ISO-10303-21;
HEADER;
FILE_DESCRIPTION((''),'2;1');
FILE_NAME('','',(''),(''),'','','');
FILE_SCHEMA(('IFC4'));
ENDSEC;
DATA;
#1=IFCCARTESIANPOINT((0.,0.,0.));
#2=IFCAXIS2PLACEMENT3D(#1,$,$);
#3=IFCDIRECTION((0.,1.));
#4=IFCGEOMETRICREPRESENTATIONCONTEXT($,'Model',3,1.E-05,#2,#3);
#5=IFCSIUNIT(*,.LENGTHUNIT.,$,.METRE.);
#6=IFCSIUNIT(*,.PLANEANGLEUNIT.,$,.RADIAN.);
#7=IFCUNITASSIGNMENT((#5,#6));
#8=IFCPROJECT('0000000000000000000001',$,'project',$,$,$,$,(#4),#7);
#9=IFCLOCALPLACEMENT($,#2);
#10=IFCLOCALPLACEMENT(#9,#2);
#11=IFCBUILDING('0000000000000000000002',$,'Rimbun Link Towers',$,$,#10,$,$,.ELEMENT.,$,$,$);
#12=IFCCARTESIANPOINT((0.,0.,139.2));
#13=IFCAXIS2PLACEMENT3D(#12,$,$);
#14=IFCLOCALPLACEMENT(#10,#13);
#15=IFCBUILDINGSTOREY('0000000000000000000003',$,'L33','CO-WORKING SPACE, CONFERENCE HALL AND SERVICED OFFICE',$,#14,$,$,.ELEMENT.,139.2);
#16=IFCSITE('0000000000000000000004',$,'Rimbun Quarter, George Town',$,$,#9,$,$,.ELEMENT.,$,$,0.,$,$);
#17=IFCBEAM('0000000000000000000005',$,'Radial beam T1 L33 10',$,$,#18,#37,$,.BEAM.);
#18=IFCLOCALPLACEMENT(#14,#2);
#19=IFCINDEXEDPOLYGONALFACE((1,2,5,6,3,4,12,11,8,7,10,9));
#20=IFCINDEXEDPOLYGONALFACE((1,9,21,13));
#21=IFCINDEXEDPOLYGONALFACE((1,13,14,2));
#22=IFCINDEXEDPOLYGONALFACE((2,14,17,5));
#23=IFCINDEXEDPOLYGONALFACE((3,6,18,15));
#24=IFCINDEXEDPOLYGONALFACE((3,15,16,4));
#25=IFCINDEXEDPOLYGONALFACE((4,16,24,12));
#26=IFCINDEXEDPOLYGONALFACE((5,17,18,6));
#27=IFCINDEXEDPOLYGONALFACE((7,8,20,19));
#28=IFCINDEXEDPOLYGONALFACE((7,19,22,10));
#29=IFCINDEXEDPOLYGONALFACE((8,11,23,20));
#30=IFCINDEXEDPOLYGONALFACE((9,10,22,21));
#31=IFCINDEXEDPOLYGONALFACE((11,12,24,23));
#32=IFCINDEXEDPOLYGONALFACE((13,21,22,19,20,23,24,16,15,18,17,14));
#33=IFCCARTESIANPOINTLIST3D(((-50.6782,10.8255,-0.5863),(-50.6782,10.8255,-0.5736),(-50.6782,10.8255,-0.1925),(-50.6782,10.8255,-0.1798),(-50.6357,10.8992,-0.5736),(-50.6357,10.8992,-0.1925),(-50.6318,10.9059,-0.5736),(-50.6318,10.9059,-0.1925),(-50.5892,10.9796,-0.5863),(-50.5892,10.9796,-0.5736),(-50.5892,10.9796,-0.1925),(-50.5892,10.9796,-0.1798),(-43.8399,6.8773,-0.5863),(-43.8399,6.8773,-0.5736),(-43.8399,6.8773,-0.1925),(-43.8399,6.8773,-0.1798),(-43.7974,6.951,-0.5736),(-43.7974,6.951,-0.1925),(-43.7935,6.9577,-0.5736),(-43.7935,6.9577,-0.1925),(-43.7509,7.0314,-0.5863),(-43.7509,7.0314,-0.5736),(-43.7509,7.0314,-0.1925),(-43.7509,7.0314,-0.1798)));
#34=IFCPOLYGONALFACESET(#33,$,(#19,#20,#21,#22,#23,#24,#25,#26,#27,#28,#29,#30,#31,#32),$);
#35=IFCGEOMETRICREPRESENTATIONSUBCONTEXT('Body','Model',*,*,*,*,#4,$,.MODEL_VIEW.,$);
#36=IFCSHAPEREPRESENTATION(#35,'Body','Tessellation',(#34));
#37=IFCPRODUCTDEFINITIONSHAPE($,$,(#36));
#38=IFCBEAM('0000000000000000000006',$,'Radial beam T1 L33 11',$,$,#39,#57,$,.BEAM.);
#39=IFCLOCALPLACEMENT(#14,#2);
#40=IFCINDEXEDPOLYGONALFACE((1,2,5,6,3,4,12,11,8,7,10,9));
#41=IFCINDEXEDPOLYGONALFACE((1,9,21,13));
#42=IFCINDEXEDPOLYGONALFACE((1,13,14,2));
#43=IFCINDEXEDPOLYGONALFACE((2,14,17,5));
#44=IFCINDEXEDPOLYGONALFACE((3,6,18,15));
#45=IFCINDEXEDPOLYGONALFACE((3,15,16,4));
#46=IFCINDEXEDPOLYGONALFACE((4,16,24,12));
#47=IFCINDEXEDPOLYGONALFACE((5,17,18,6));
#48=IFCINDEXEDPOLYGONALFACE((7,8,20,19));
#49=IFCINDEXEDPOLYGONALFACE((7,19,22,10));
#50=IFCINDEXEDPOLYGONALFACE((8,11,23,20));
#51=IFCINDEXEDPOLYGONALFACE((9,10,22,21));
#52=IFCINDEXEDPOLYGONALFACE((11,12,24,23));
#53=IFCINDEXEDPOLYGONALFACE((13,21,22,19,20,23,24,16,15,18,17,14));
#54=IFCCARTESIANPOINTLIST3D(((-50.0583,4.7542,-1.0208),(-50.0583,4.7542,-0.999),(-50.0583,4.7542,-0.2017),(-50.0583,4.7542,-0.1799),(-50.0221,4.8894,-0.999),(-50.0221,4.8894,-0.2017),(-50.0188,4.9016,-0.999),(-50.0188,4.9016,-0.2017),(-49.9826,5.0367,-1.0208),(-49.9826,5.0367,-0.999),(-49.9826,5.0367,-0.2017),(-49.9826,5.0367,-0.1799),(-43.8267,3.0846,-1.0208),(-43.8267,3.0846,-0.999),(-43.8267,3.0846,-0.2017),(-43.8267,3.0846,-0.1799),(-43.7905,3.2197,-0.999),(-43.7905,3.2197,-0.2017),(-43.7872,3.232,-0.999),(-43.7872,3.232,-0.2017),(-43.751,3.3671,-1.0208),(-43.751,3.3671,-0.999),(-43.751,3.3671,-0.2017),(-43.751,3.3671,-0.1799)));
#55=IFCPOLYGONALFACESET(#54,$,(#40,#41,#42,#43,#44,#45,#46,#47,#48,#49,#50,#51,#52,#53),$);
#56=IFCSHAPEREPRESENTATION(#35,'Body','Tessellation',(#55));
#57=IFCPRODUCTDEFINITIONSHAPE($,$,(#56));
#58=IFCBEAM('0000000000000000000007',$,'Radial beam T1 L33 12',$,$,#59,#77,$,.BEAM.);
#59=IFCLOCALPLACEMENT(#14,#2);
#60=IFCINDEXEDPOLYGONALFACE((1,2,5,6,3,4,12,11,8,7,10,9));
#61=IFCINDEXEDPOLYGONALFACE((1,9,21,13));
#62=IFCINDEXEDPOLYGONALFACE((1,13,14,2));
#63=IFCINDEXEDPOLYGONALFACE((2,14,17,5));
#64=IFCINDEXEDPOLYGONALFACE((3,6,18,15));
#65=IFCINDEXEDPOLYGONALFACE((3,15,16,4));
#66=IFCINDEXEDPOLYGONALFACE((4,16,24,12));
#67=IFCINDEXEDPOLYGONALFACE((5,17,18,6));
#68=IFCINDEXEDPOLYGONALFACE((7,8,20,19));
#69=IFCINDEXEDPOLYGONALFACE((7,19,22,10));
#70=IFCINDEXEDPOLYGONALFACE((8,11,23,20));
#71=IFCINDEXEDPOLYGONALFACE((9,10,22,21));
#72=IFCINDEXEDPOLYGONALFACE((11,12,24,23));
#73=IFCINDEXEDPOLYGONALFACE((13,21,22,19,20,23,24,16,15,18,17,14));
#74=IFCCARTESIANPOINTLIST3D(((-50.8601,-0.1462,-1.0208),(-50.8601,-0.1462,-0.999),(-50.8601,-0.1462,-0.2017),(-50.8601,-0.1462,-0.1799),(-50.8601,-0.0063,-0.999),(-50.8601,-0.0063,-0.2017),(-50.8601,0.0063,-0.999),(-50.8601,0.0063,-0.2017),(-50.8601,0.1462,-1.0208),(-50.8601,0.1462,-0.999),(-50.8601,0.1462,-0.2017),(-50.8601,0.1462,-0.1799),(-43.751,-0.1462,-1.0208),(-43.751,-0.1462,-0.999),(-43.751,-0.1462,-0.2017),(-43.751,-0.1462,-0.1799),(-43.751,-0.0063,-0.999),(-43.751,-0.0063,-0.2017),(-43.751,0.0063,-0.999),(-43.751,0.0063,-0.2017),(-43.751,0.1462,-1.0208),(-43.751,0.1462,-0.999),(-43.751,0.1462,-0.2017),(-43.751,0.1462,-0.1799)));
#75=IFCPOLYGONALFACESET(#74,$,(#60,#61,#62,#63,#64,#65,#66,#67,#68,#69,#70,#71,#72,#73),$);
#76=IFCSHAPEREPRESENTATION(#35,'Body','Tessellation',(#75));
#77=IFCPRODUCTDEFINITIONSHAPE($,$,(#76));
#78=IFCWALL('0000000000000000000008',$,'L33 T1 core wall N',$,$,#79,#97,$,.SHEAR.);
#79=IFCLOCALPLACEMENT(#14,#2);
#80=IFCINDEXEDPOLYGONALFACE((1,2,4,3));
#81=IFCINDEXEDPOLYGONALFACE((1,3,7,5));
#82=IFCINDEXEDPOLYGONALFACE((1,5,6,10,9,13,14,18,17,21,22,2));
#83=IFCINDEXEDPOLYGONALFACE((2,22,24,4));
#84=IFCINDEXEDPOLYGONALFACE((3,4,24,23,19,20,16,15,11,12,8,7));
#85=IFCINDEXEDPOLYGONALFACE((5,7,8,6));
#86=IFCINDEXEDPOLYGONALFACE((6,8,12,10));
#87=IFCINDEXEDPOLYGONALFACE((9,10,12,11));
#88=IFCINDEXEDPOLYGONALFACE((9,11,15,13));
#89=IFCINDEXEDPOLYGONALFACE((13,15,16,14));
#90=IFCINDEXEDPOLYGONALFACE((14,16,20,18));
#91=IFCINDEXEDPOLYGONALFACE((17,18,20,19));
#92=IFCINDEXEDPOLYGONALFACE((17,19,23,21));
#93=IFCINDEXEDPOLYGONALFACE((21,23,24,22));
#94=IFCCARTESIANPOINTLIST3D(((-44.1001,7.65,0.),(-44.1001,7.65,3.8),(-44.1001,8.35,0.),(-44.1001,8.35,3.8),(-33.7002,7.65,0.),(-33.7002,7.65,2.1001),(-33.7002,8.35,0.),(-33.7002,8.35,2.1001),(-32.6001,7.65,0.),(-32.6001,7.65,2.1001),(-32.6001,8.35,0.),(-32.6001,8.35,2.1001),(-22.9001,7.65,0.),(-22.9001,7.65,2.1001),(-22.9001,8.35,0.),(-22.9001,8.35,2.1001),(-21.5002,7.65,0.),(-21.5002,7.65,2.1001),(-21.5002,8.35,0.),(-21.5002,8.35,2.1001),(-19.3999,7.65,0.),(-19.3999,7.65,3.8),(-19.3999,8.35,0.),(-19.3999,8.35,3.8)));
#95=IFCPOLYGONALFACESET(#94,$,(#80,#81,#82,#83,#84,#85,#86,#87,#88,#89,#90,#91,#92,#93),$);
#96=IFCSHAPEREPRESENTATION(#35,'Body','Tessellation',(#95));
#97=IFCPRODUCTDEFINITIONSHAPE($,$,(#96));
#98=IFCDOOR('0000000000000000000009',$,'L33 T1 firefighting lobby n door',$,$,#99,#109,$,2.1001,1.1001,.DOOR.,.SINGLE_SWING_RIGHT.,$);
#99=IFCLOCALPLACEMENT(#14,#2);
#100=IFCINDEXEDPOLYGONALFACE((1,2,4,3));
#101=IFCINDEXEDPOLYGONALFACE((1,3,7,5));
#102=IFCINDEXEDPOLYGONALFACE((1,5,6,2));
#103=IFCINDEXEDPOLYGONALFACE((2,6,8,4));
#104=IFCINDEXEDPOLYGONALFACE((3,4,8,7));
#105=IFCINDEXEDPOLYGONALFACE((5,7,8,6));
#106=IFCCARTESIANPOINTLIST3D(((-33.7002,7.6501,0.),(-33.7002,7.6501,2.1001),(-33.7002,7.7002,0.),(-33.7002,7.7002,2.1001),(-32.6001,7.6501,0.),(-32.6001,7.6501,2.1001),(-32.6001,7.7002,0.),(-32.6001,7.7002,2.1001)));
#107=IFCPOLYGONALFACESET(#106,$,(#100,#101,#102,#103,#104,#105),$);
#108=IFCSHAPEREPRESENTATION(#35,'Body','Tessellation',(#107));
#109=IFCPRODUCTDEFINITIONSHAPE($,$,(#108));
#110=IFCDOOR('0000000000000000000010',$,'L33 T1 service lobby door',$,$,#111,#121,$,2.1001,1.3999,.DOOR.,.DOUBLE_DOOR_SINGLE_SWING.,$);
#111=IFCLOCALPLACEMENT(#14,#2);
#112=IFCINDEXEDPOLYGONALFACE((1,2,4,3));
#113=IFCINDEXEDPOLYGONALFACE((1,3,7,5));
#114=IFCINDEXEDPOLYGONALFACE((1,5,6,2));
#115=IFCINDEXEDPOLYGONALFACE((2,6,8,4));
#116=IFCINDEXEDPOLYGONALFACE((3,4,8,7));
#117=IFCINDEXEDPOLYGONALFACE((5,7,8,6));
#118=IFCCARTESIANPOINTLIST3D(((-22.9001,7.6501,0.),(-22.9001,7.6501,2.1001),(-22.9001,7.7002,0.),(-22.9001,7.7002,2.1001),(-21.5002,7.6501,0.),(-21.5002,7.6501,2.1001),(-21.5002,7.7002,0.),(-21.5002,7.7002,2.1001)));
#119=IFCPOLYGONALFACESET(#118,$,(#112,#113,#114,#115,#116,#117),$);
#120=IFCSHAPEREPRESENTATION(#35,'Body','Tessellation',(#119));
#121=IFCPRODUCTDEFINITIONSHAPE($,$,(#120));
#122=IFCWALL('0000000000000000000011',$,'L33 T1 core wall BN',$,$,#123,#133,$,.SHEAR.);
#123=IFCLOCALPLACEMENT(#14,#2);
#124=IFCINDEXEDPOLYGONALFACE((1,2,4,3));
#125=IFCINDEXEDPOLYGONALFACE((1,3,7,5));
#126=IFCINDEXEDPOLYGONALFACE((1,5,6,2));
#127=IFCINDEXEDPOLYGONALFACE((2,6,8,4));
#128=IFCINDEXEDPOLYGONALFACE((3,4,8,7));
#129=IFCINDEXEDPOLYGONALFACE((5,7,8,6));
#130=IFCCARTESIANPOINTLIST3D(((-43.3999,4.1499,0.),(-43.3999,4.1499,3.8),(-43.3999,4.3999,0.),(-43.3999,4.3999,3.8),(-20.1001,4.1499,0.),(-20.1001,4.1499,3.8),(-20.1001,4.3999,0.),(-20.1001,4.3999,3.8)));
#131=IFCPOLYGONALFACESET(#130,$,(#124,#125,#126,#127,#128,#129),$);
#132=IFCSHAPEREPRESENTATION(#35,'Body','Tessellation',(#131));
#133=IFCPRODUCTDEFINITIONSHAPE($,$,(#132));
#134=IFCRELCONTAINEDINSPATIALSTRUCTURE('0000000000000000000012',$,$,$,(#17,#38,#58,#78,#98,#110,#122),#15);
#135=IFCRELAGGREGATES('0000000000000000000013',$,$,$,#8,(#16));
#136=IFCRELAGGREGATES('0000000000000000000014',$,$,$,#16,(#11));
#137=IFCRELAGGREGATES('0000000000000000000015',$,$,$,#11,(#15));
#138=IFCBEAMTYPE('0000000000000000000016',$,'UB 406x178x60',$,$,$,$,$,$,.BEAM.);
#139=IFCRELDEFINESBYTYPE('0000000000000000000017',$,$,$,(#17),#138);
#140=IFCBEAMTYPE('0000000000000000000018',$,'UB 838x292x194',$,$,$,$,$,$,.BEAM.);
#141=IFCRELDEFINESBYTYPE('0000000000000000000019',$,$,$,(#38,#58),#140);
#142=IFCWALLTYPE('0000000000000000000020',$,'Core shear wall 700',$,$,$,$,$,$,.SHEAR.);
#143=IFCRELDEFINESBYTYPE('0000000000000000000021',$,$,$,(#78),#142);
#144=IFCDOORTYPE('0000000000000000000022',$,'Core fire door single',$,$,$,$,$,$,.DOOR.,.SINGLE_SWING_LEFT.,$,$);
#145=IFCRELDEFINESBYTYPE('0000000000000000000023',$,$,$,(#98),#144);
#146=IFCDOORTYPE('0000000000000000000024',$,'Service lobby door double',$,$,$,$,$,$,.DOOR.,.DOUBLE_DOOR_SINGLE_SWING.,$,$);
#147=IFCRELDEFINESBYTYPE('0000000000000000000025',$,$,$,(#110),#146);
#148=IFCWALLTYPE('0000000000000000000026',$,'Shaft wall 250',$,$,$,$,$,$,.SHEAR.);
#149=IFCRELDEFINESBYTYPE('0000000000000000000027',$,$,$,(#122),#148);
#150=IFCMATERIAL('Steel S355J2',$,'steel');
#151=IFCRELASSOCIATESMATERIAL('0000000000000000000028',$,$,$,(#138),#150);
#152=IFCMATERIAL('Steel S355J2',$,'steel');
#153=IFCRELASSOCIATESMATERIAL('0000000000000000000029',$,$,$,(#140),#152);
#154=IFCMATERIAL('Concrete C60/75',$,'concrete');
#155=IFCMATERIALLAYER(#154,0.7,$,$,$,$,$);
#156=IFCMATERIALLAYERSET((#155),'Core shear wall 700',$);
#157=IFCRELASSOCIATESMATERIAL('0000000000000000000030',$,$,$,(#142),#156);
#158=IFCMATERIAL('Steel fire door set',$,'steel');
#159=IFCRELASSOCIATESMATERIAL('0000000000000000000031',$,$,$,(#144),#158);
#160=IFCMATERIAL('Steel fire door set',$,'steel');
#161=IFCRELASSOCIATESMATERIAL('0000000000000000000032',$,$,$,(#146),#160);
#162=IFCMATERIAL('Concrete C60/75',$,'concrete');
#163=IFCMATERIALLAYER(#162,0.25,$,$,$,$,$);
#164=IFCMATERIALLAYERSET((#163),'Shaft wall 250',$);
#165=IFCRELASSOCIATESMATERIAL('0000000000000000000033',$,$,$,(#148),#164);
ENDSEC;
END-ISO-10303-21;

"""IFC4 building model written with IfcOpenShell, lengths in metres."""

from ifc_helpers import new_model, si_unit, direction, frame, frame_2d, origin, origin_2d, place, context, subcontext, project, spatial, rectangle, i_section, extrude, material, layer, layer_set, material_profile, profile_set, type_object, element, fill, save


model = new_model("IFC4")

# Units and contexts
model_context = context("Model", 3, precision=1e-05, world=origin(), true_north=direction((0.0, 1.0)))
body_context = subcontext(model_context, "Body", "Model", "MODEL_VIEW")
ifc_project = project(units=[si_unit("LENGTHUNIT", "METRE"), si_unit("PLANEANGLEUNIT", "RADIAN")], contexts=[model_context])

# Site, building, storey
site_placement = place(None, origin())
site = spatial("IfcSite", under=ifc_project, at=site_placement, Name="Rimbun Quarter, George Town", CompositionType="ELEMENT", RefElevation=0.0)
building_placement = place(site_placement, origin())
building = spatial("IfcBuilding", under=site, at=building_placement, Name="Rimbun Link Towers", CompositionType="ELEMENT")
storey_placement = place(building_placement, frame((0.0, 0.0, 139.2)))
storey = spatial("IfcBuildingStorey", under=building, at=storey_placement, Name="L33", Description="CO-WORKING SPACE, CONFERENCE HALL AND SERVICED OFFICE", CompositionType="ELEMENT", Elevation=139.2)

# Beams
ifc_material_1 = material(Name="Steel S355J2", Category="steel")
ifc_material_profile_1 = material_profile(ifc_material_1, i_section(OverallWidth=0.178, OverallDepth=0.4065, WebThickness=0.0078, FlangeThickness=0.0127, at=origin_2d()), Name="UB 406x178x60")
ifc_profile_set_1 = profile_set([ifc_material_profile_1], Name="Steel S355J2")
beam_type_1 = type_object("IfcBeamType", Name="UB 406x178x60", PredefinedType="BEAM", material=ifc_profile_set_1)
beam_1_placement = place(storey_placement, frame((-43.7954, 6.9543, -0.3831), z_axis=(-0.86602, 0.50001, 0.0), x_axis=(-0.50001, -0.86602, 0.0)))
element("IfcBeam", 1, at=beam_1_placement, inside=storey, type_object=beam_type_1, Name="Radial beam T1 L33 10", PredefinedType="BEAM", context=body_context, shape_type="SweptSolid", body=[
    extrude(i_section(OverallWidth=0.178, OverallDepth=0.4065, WebThickness=0.0078, FlangeThickness=0.0127, at=origin_2d()), origin(), (0.0, 0.0, 1.0), 7.8962),
])
ifc_material_2 = material(Name="Steel S355J2", Category="steel")
ifc_material_profile_2 = material_profile(ifc_material_2, i_section(OverallWidth=0.2925, OverallDepth=0.8408, WebThickness=0.0127, FlangeThickness=0.0217, at=origin_2d()), Name="UB 838x292x194")
ifc_profile_set_2 = profile_set([ifc_material_profile_2], Name="Steel S355J2")
beam_type_2 = type_object("IfcBeamType", Name="UB 838x292x194", PredefinedType="BEAM", material=ifc_profile_set_2)
beam_2_placement = place(storey_placement, frame((-43.7888, 3.2258, -0.6003), z_axis=(-0.96593, 0.258805, 0.0), x_axis=(-0.258805, -0.96593, 0.0)))
element("IfcBeam", 2, at=beam_2_placement, inside=storey, type_object=beam_type_2, Name="Radial beam T1 L33 11", PredefinedType="BEAM", context=body_context, shape_type="SweptSolid", body=[
    extrude(i_section(OverallWidth=0.2925, OverallDepth=0.8408, WebThickness=0.0127, FlangeThickness=0.0217, at=origin_2d()), origin(), (0.0, 0.0, 1.0), 6.4514),
])
beam_3_placement = place(storey_placement, frame((-43.751, 0.0, -0.6003), z_axis=(-1.0, 0.0, 0.0), x_axis=(0.0, -1.0, 0.0)))
element("IfcBeam", 3, at=beam_3_placement, inside=storey, type_object=beam_type_2, Name="Radial beam T1 L33 12", PredefinedType="BEAM", context=body_context, shape_type="SweptSolid", body=[
    extrude(i_section(OverallWidth=0.2925, OverallDepth=0.8408, WebThickness=0.0127, FlangeThickness=0.0217, at=origin_2d()), origin(), (0.0, 0.0, 1.0), 7.1091),
])

# Wall, openings, doors
ifc_material_3 = material(Name="Concrete C60/75", Category="concrete")
ifc_layer_1 = layer(ifc_material_3, 0.7)
ifc_layer_set_1 = layer_set([ifc_layer_1], Name="Core shear wall 700")
wall_type_1 = type_object("IfcWallType", Name="Core shear wall 700", PredefinedType="SHEAR", material=ifc_layer_set_1)
wall_1_placement = place(storey_placement, frame((-44.1001, 8.0, 0.0), z_axis=(0.0, 0.0, 1.0), x_axis=(1.0, 0.0, 0.0)))
wall_1 = element("IfcWall", 4, at=wall_1_placement, inside=storey, type_object=wall_type_1, Name="L33 T1 core wall N", PredefinedType="SHEAR", context=body_context, shape_type="SweptSolid", body=[
    extrude(rectangle(XDim=24.7002, YDim=0.7, at=frame_2d((12.3501, 0.0))), origin(), (0.0, 0.0, 1.0), 3.8),
])
opening_1_placement = place(wall_1_placement, frame((10.3999, 0.0, 0.0)))
opening_1 = element("IfcOpeningElement", 5, at=opening_1_placement, cuts=wall_1, PredefinedType="OPENING", context=body_context, shape_type="SweptSolid", body=[
    extrude(rectangle(XDim=1.1001, YDim=2.1001, at=frame_2d((0.55, 1.05))), frame((0.0, 0.3599, 0.0), z_axis=(0.0, -1.0, 0.0), x_axis=(1.0, 0.0, 0.0)), (0.0, 0.0, 1.0), 0.72),
])
opening_2_placement = place(wall_1_placement, frame((21.2, 0.0, 0.0)))
opening_2 = element("IfcOpeningElement", 6, at=opening_2_placement, cuts=wall_1, PredefinedType="OPENING", context=body_context, shape_type="SweptSolid", body=[
    extrude(rectangle(XDim=1.3999, YDim=2.1001, at=frame_2d((0.7, 1.05))), frame((0.0, 0.3599, 0.0), z_axis=(0.0, -1.0, 0.0), x_axis=(1.0, 0.0, 0.0)), (0.0, 0.0, 1.0), 0.72),
])
ifc_material_4 = material(Name="Steel fire door set", Category="steel")
door_type_1 = type_object("IfcDoorType", Name="Core fire door single", OperationType="SINGLE_SWING_LEFT", PredefinedType="DOOR", material=ifc_material_4)
door_1_placement = place(opening_1_placement, origin())
door_1 = element("IfcDoor", 7, at=door_1_placement, inside=storey, type_object=door_type_1, Name="L33 T1 firefighting lobby n door", OperationType="SINGLE_SWING_RIGHT", OverallHeight=2.1001, OverallWidth=1.1001, PredefinedType="DOOR", context=body_context, shape_type="SweptSolid", body=[
    extrude(rectangle(XDim=1.1001, YDim=2.1001, at=frame_2d((0.55, 1.05))), frame((0.0, -0.2998, 0.0), z_axis=(0.0, -1.0, 0.0), x_axis=(1.0, 0.0, 0.0)), (0.0, 0.0, 1.0), 0.05),
])
fill(opening_1, door_1)
ifc_material_5 = material(Name="Steel fire door set", Category="steel")
door_type_2 = type_object("IfcDoorType", Name="Service lobby door double", OperationType="DOUBLE_DOOR_SINGLE_SWING", PredefinedType="DOOR", material=ifc_material_5)
door_2_placement = place(opening_2_placement, origin())
door_2 = element("IfcDoor", 8, at=door_2_placement, inside=storey, type_object=door_type_2, Name="L33 T1 service lobby door", OperationType="DOUBLE_DOOR_SINGLE_SWING", OverallHeight=2.1001, OverallWidth=1.3999, PredefinedType="DOOR", context=body_context, shape_type="SweptSolid", body=[
    extrude(rectangle(XDim=1.3999, YDim=2.1001, at=frame_2d((0.7, 1.05))), frame((0.0, -0.2998, 0.0), z_axis=(0.0, -1.0, 0.0), x_axis=(1.0, 0.0, 0.0)), (0.0, 0.0, 1.0), 0.05),
])
fill(opening_2, door_2)

# Wall
ifc_material_6 = material(Name="Concrete C60/75", Category="concrete")
ifc_layer_2 = layer(ifc_material_6, 0.25)
ifc_layer_set_2 = layer_set([ifc_layer_2], Name="Shaft wall 250")
wall_type_2 = type_object("IfcWallType", Name="Shaft wall 250", PredefinedType="SHEAR", material=ifc_layer_set_2)
wall_2_placement = place(storey_placement, frame((-43.3999, 4.2749, 0.0), z_axis=(0.0, 0.0, 1.0), x_axis=(1.0, 0.0, 0.0)))
element("IfcWall", 9, at=wall_2_placement, inside=storey, type_object=wall_type_2, Name="L33 T1 core wall BN", PredefinedType="SHEAR", context=body_context, shape_type="SweptSolid", body=[
    extrude(rectangle(XDim=23.2998, YDim=0.25, at=frame_2d((11.6499, 0.0))), origin(), (0.0, 0.0, 1.0), 3.8),
])

save(model, "model.ifc")
